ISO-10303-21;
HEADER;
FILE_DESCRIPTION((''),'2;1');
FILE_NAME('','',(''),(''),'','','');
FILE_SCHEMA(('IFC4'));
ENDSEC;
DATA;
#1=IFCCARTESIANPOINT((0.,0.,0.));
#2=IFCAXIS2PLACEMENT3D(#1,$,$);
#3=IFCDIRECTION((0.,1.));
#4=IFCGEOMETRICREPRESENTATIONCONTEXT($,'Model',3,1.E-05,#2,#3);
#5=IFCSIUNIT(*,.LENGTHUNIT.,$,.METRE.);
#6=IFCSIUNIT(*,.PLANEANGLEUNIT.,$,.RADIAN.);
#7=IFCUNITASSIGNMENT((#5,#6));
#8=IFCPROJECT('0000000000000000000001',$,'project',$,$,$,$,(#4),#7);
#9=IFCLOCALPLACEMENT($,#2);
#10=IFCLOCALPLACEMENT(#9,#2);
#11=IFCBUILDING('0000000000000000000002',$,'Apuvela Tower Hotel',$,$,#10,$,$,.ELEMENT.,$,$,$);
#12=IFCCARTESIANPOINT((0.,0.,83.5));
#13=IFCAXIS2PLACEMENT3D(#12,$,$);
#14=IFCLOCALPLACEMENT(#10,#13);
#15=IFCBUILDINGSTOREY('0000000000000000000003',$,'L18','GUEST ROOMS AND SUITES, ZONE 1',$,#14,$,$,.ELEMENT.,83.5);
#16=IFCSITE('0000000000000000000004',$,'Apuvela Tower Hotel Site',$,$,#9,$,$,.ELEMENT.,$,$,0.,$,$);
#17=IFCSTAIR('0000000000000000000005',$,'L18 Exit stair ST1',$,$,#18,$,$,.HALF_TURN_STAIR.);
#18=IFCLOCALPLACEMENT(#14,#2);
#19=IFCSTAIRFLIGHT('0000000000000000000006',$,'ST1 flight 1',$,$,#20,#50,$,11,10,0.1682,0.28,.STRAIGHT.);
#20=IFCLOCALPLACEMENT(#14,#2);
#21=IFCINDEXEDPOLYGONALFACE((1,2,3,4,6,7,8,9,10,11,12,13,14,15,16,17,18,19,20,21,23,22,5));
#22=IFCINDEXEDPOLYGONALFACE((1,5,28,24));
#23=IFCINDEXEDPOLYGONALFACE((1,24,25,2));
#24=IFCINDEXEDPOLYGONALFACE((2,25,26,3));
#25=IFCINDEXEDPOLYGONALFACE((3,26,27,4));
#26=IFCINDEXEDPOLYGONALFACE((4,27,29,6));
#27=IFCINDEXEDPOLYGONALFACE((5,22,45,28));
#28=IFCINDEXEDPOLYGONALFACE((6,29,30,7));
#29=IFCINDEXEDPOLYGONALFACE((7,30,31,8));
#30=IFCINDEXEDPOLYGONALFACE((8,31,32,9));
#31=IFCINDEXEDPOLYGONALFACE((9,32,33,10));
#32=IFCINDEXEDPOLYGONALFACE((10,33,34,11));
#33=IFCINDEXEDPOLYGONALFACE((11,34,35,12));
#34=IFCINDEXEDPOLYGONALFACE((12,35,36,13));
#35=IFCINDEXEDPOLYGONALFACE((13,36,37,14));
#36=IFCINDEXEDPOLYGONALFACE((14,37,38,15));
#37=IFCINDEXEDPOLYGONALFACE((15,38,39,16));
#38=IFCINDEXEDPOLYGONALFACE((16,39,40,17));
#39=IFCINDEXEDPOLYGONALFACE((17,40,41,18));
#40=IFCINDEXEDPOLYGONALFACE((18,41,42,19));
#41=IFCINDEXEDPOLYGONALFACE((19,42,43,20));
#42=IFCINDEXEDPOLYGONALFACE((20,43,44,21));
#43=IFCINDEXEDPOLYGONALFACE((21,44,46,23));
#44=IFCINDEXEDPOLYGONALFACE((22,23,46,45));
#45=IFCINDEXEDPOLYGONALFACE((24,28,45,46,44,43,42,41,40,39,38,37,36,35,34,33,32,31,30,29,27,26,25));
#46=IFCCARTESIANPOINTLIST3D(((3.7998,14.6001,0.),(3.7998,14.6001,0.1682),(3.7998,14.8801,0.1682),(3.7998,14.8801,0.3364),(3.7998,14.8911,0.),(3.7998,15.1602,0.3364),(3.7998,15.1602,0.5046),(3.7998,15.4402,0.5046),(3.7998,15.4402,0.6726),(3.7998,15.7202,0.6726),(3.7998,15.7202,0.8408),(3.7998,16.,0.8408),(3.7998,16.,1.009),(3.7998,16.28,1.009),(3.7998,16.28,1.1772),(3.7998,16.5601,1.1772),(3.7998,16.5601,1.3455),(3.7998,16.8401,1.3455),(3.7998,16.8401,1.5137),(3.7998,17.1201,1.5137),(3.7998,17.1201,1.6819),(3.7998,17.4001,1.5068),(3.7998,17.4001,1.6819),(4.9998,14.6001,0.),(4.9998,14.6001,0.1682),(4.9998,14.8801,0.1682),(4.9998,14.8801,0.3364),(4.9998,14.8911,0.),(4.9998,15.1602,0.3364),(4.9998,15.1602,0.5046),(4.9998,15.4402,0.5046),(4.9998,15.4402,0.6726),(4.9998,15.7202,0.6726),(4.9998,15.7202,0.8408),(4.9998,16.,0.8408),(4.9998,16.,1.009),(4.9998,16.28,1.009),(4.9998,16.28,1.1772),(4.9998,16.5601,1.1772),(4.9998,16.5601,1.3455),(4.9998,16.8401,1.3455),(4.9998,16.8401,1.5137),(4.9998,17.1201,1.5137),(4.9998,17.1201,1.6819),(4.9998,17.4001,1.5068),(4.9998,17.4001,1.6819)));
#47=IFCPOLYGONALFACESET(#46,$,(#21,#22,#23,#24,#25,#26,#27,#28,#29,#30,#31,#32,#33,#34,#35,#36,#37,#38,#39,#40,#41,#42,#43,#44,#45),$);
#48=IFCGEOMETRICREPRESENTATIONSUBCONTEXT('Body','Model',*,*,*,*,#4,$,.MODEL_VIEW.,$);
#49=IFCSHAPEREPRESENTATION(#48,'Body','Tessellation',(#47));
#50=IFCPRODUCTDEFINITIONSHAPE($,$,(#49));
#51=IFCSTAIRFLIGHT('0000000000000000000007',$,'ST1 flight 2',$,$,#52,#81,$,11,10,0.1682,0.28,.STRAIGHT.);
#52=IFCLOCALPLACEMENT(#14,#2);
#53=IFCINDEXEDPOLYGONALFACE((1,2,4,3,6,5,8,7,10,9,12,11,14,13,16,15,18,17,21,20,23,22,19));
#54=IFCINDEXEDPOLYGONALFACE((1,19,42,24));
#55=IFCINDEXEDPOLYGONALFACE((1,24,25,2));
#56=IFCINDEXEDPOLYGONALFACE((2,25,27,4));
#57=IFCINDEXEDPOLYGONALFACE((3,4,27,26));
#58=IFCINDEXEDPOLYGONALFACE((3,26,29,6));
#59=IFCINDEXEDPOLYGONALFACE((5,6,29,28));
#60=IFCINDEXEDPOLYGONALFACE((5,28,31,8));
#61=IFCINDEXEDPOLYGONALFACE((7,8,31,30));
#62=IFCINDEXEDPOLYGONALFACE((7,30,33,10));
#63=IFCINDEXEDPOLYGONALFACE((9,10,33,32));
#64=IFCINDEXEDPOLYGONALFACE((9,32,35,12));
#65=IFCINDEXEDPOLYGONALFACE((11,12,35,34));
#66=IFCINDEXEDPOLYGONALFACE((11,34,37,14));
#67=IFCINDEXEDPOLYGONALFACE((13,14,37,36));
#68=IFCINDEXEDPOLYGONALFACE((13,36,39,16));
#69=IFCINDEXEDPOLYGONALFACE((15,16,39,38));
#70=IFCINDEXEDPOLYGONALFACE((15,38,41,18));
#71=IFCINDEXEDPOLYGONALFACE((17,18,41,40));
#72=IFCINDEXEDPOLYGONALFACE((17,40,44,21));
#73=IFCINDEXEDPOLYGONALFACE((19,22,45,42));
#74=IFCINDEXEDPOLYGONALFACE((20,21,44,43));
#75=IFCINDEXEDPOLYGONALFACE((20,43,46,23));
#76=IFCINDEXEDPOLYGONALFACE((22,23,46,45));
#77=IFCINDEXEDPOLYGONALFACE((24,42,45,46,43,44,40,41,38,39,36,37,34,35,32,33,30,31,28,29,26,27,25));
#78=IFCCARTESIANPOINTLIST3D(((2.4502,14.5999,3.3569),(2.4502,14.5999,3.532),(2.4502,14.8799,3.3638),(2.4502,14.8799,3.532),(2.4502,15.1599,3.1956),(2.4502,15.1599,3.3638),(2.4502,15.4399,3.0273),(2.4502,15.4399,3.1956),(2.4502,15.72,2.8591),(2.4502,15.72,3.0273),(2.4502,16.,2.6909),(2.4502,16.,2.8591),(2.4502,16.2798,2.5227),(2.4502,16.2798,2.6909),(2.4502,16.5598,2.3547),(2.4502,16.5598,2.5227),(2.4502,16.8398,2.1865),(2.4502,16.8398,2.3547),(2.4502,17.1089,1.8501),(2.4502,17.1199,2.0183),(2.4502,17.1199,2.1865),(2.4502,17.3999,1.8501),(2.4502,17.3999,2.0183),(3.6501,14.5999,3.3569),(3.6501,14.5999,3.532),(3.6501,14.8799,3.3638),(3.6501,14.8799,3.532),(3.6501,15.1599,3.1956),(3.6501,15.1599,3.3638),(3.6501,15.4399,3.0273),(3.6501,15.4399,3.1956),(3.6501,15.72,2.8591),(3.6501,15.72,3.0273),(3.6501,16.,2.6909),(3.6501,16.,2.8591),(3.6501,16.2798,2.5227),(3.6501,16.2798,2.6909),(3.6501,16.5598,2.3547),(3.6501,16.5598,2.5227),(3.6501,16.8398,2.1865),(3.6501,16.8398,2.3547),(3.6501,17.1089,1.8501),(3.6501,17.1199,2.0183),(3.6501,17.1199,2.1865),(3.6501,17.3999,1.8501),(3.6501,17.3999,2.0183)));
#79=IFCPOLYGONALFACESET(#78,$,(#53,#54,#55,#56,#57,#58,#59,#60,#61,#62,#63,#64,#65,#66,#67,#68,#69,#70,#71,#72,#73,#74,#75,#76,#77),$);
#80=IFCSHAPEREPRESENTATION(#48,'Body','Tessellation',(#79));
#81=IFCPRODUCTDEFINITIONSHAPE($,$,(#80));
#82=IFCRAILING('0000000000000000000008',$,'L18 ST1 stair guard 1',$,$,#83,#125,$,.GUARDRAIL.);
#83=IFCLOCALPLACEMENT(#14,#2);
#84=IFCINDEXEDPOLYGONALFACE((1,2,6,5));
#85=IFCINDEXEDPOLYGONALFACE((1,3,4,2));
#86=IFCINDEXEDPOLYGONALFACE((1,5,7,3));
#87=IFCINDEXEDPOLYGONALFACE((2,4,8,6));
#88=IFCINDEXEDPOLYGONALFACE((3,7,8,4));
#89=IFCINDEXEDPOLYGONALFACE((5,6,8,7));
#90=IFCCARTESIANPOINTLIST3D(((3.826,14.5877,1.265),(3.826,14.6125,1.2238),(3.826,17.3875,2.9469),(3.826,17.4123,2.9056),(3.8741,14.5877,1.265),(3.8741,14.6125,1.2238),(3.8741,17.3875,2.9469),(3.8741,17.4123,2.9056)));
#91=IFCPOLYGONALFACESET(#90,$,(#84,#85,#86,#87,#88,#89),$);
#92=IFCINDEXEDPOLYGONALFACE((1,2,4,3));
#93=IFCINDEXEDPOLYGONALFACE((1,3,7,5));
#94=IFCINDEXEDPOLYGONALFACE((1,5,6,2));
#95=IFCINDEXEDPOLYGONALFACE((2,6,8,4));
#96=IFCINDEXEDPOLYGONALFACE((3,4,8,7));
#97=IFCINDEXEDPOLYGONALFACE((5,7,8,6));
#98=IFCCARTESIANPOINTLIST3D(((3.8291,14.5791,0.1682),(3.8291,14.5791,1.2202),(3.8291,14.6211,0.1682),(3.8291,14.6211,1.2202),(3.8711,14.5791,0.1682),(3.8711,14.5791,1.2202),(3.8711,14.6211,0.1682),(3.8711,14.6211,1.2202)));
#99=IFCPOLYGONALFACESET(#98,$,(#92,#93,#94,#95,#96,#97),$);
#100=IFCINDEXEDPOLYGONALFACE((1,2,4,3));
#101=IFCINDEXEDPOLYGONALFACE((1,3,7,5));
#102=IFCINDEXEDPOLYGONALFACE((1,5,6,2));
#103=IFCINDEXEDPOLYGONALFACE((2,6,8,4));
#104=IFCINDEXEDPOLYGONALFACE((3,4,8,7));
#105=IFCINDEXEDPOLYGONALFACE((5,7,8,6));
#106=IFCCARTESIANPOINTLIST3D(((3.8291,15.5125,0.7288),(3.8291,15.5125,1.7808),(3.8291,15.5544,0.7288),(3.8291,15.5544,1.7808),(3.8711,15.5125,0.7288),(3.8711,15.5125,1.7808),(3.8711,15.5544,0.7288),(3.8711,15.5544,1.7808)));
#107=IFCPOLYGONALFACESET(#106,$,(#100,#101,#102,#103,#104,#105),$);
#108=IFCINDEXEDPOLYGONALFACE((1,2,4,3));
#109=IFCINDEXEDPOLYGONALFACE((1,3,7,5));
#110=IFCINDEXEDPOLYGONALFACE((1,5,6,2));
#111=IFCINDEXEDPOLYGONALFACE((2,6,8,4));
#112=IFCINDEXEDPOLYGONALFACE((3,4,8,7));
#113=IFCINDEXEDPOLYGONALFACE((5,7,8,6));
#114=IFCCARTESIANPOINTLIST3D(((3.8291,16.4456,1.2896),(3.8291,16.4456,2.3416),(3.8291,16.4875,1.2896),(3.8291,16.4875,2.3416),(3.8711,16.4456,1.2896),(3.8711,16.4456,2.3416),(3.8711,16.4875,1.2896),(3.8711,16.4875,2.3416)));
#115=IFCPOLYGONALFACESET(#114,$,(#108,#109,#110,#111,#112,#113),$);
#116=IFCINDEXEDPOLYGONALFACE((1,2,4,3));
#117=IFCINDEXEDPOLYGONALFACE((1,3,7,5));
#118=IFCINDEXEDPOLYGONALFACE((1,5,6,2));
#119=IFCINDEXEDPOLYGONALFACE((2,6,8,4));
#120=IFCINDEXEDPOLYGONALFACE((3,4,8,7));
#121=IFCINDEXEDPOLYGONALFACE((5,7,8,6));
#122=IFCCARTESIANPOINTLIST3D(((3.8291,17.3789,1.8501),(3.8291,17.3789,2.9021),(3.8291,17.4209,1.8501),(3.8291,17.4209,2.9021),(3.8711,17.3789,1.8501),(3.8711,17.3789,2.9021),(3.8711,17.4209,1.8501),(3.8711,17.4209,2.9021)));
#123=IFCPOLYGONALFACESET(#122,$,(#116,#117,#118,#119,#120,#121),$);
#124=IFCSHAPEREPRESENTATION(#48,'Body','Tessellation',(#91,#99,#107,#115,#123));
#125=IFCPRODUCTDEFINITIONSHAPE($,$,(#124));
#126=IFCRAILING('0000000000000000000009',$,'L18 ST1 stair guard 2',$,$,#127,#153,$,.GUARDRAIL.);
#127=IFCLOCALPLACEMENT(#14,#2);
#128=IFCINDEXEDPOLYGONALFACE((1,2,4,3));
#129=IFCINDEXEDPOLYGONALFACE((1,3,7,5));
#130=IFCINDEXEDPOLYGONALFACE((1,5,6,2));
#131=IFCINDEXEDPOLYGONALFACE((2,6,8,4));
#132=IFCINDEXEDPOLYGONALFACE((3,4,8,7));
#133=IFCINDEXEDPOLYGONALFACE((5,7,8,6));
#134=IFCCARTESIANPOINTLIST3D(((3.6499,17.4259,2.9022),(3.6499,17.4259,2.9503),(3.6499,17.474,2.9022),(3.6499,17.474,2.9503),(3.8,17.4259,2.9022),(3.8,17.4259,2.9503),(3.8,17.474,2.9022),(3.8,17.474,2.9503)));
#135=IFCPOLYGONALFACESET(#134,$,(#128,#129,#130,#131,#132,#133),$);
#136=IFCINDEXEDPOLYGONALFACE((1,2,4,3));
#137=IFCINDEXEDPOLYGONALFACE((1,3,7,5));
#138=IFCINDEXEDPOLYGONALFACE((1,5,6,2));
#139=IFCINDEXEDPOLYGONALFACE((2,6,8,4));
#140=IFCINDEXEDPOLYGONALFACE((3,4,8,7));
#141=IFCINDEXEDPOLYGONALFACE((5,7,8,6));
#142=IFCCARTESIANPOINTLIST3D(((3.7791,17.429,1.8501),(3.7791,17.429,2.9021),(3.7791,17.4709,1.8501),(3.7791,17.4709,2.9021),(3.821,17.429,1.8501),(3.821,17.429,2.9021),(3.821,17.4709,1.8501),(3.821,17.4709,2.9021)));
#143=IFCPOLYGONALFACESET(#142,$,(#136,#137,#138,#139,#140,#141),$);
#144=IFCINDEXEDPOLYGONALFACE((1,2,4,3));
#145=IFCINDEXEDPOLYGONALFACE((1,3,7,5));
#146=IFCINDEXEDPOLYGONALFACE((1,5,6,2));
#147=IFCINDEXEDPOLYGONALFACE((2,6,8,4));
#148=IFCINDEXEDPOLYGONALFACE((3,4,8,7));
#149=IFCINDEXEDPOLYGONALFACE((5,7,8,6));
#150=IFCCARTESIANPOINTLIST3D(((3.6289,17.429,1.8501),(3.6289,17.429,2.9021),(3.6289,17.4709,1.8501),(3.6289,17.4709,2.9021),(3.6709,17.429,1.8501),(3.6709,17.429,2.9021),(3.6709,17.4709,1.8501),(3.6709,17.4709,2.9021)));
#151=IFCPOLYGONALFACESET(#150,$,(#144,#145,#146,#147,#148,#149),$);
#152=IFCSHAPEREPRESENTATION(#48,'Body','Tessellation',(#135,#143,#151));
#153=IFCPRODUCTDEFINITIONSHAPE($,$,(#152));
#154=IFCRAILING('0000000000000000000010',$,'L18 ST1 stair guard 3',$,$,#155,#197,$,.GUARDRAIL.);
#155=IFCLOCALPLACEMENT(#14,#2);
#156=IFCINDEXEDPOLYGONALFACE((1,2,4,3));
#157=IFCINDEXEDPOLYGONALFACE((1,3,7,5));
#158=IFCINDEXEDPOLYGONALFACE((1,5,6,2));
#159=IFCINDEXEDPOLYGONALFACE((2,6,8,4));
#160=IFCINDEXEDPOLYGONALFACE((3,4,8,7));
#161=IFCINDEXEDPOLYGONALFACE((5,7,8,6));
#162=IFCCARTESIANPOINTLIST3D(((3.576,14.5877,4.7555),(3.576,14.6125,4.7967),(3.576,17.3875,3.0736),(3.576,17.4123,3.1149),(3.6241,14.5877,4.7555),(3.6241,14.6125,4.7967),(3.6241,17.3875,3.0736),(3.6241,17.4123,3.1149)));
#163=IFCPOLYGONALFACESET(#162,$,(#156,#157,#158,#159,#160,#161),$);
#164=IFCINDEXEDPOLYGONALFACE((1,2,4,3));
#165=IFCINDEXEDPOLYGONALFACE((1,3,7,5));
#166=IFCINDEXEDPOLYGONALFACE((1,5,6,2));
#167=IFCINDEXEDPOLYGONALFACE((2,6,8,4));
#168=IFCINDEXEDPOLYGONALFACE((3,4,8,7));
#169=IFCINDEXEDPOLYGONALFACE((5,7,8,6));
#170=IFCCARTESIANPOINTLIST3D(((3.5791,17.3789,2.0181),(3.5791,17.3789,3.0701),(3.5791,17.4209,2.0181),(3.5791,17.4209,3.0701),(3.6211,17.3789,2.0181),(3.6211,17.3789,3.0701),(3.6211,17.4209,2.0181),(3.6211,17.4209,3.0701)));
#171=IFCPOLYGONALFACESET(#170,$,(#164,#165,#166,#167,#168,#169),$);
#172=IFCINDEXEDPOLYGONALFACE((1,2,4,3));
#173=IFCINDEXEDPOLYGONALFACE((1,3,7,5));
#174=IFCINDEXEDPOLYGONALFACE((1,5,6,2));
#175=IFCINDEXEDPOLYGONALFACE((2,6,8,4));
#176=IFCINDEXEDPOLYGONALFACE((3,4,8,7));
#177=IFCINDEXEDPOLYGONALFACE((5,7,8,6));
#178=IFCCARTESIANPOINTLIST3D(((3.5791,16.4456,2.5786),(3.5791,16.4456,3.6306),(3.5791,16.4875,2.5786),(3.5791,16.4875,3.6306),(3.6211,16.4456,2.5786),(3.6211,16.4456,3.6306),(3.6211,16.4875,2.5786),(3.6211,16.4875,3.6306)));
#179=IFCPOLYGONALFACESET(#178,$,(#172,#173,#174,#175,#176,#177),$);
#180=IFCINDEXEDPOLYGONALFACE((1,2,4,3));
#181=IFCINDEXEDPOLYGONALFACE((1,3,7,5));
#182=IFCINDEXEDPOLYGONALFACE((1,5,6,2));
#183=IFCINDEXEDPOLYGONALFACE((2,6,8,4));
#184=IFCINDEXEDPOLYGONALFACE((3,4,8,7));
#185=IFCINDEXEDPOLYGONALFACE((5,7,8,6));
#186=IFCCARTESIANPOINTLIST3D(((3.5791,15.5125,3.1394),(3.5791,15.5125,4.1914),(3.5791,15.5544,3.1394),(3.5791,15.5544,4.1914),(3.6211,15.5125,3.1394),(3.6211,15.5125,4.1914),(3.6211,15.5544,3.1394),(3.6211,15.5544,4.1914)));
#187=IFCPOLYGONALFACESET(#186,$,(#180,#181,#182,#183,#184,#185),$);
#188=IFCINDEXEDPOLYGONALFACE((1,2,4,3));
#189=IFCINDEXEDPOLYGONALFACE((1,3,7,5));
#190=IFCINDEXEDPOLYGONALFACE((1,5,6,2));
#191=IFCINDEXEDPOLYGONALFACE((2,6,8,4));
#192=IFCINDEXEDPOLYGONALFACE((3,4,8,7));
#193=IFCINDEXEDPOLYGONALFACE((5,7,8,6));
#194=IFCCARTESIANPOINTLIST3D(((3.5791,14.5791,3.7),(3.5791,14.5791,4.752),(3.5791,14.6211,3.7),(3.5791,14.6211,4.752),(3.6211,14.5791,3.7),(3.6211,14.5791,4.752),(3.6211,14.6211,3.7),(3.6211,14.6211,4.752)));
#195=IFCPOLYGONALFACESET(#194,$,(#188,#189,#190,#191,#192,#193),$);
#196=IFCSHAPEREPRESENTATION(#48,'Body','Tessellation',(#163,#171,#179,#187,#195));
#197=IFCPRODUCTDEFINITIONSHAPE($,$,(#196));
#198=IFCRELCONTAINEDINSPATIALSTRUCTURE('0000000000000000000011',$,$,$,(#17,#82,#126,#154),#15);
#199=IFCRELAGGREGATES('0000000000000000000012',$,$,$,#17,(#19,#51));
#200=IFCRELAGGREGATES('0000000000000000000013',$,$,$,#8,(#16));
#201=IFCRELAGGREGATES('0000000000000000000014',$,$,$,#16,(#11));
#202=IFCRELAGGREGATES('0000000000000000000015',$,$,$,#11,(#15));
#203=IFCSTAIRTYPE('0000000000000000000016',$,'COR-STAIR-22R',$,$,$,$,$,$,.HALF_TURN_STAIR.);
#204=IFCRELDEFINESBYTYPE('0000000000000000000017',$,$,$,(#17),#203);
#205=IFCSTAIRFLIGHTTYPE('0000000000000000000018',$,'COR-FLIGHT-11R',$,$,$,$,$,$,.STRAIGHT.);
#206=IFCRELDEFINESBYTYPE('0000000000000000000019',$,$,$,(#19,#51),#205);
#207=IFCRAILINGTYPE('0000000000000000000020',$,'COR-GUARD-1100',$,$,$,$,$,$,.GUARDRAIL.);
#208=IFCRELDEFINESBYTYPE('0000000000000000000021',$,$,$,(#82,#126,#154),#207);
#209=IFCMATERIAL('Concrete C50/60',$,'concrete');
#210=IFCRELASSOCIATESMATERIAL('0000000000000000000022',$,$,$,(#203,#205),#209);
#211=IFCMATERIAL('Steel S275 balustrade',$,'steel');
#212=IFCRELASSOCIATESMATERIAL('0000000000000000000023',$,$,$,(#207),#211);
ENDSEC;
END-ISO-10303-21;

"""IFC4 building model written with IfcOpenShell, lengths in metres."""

from ifc_helpers import new_model, si_unit, direction, frame, origin, origin_2d, place, context, subcontext, project, spatial, polyline, rectangle, outline, extrude, material, type_object, element, aggregate, save


model = new_model("IFC4")

# Units and contexts
model_context = context("Model", 3, precision=1e-05, world=origin(), true_north=direction((0.0, 1.0)))
body_context = subcontext(model_context, "Body", "Model", "MODEL_VIEW")
ifc_project = project(units=[si_unit("LENGTHUNIT", "METRE"), si_unit("PLANEANGLEUNIT", "RADIAN")], contexts=[model_context])

# Site, building, storey
site_placement = place(None, origin())
site = spatial("IfcSite", under=ifc_project, at=site_placement, Name="Apuvela Tower Hotel Site", CompositionType="ELEMENT", RefElevation=0.0)
building_placement = place(site_placement, origin())
building = spatial("IfcBuilding", under=site, at=building_placement, Name="Apuvela Tower Hotel", CompositionType="ELEMENT")
storey_placement = place(building_placement, frame((0.0, 0.0, 83.5)))
storey = spatial("IfcBuildingStorey", under=building, at=storey_placement, Name="L18", Description="GUEST ROOMS AND SUITES, ZONE 1", CompositionType="ELEMENT", Elevation=83.5)

# Shared definitions
ifc_material_1 = material(Name="Concrete C50/60", Category="concrete")

# Stair, stair flights
stair_type = type_object("IfcStairType", Name="COR-STAIR-22R", PredefinedType="HALF_TURN_STAIR", material=ifc_material_1)
stair_placement = place(storey_placement, origin())
stair = element("IfcStair", 1, at=stair_placement, inside=storey, type_object=stair_type, Name="L18 Exit stair ST1", PredefinedType="HALF_TURN_STAIR")
stair_flight_type = type_object("IfcStairFlightType", Name="COR-FLIGHT-11R", PredefinedType="STRAIGHT", material=ifc_material_1)
stair_flight_1_placement = place(storey_placement, frame((4.3999, 14.6001, 0.0), z_axis=(0.0, 0.0, 1.0), x_axis=(0.0, 1.0, 0.0)))
stair_flight_1 = element("IfcStairFlight", 2, at=stair_flight_1_placement, type_object=stair_flight_type, Name="ST1 flight 1", NumberOfRisers=11, NumberOfTreads=10, PredefinedType="STRAIGHT", RiserHeight=0.1682, TreadLength=0.28, context=body_context, shape_type="SweptSolid", body=[
    extrude(outline(polyline([(0.0, 0.0), (0.0, 0.1682), (0.28, 0.1682), (0.28, 0.3364), (0.5601, 0.3364), (0.5601, 0.5046), (0.8401, 0.5046), (0.8401, 0.6726), (1.1201, 0.6726), (1.1201, 0.8408), (1.3999, 0.8408), (1.3999, 1.009), (1.6799, 1.009), (1.6799, 1.1772), (1.96, 1.1772), (1.96, 1.3455), (2.24, 1.3455), (2.24, 1.5137), (2.52, 1.5137), (2.52, 1.6819), (2.8, 1.6819), (2.8, 1.8501), (2.8, 1.5068), (0.291, 0.0), (0.0, 0.0)])), frame((0.0, 0.6001, 0.0), z_axis=(0.0, -1.0, 0.0), x_axis=(1.0, 0.0, 0.0)), (0.0, 0.0, 1.0), 1.2),
])
stair_flight_2_placement = place(storey_placement, frame((3.05, 17.3999, 1.8501), z_axis=(0.0, 0.0, 1.0), x_axis=(0.0, -1.0, 0.0)))
stair_flight_2 = element("IfcStairFlight", 3, at=stair_flight_2_placement, type_object=stair_flight_type, Name="ST1 flight 2", NumberOfRisers=11, NumberOfTreads=10, PredefinedType="STRAIGHT", RiserHeight=0.1682, TreadLength=0.28, context=body_context, shape_type="SweptSolid", body=[
    extrude(outline(polyline([(0.0, 0.0), (0.0, 0.1682), (0.28, 0.1682), (0.28, 0.3364), (0.5601, 0.3364), (0.5601, 0.5046), (0.8401, 0.5046), (0.8401, 0.6726), (1.1201, 0.6726), (1.1201, 0.8408), (1.3999, 0.8408), (1.3999, 1.009), (1.6799, 1.009), (1.6799, 1.1772), (1.96, 1.1772), (1.96, 1.3455), (2.24, 1.3455), (2.24, 1.5137), (2.52, 1.5137), (2.52, 1.6819), (2.8, 1.6819), (2.8, 1.8501), (2.8, 1.5068), (0.291, 0.0), (0.0, 0.0)])), frame((0.0, 0.6001, 0.0), z_axis=(0.0, -1.0, 0.0), x_axis=(1.0, 0.0, 0.0)), (0.0, 0.0, 1.0), 1.2),
])
aggregate(stair, [stair_flight_1, stair_flight_2])

# Railings
ifc_material_2 = material(Name="Steel S275 balustrade", Category="steel")
railing_type_1 = type_object("IfcRailingType", Name="COR-GUARD-1100", PredefinedType="GUARDRAIL", material=ifc_material_2)
railing_1_placement = place(storey_placement, frame((3.8501, 14.6001, 0.1682)))
element("IfcRailing", 4, at=railing_1_placement, inside=storey, type_object=railing_type_1, Name="L18 ST1 stair guard 1", PredefinedType="GUARDRAIL", context=body_context, shape_type="SweptSolid", body=[
    extrude(rectangle(XDim=0.0481, YDim=0.0481, at=origin_2d()), frame((0.0, 0.0, 1.0762), z_axis=(0.0, 0.857222, 0.514946), x_axis=(-1.0, 0.0, 0.0)), (0.0, 0.0, 1.0), 3.2661),
    extrude(rectangle(XDim=0.042, YDim=0.042, at=origin_2d()), origin(), (0.0, 0.0, 1.0), 1.052),
    extrude(rectangle(XDim=0.042, YDim=0.042, at=origin_2d()), frame((0.0, 0.9333, 0.5605)), (0.0, 0.0, 1.0), 1.052),
    extrude(rectangle(XDim=0.042, YDim=0.042, at=origin_2d()), frame((0.0, 1.8665, 1.1213)), (0.0, 0.0, 1.0), 1.052),
    extrude(rectangle(XDim=0.042, YDim=0.042, at=origin_2d()), frame((0.0, 2.7998, 1.6819)), (0.0, 0.0, 1.0), 1.052),
])
railing_2_placement = place(storey_placement, frame((3.8, 17.45, 1.8501)))
element("IfcRailing", 5, at=railing_2_placement, inside=storey, type_object=railing_type_1, Name="L18 ST1 stair guard 2", PredefinedType="GUARDRAIL", context=body_context, shape_type="SweptSolid", body=[
    extrude(rectangle(XDim=0.0481, YDim=0.0481, at=origin_2d()), frame((0.0, 0.0, 1.0762), z_axis=(-1.0, 0.0, 0.0), x_axis=(0.0, -1.0, 0.0)), (0.0, 0.0, 1.0), 0.1501),
    extrude(rectangle(XDim=0.042, YDim=0.042, at=origin_2d()), origin(), (0.0, 0.0, 1.0), 1.052),
    extrude(rectangle(XDim=0.042, YDim=0.042, at=origin_2d()), frame((-0.1501, 0.0, 0.0)), (0.0, 0.0, 1.0), 1.052),
])
railing_3_placement = place(storey_placement, frame((3.6001, 17.3999, 2.0181)))
element("IfcRailing", 6, at=railing_3_placement, inside=storey, type_object=railing_type_1, Name="L18 ST1 stair guard 3", PredefinedType="GUARDRAIL", context=body_context, shape_type="SweptSolid", body=[
    extrude(rectangle(XDim=0.0481, YDim=0.0481, at=origin_2d()), frame((0.0, 0.0, 1.0762), z_axis=(0.0, -0.857222, 0.514946), x_axis=(1.0, 0.0, 0.0)), (0.0, 0.0, 1.0), 3.2661),
    extrude(rectangle(XDim=0.042, YDim=0.042, at=origin_2d()), origin(), (0.0, 0.0, 1.0), 1.052),
    extrude(rectangle(XDim=0.042, YDim=0.042, at=origin_2d()), frame((0.0, -0.9333, 0.5605)), (0.0, 0.0, 1.0), 1.052),
    extrude(rectangle(XDim=0.042, YDim=0.042, at=origin_2d()), frame((0.0, -1.8665, 1.1213)), (0.0, 0.0, 1.0), 1.052),
    extrude(rectangle(XDim=0.042, YDim=0.042, at=origin_2d()), frame((0.0, -2.7998, 1.6819)), (0.0, 0.0, 1.0), 1.052),
])

save(model, "model.ifc")
